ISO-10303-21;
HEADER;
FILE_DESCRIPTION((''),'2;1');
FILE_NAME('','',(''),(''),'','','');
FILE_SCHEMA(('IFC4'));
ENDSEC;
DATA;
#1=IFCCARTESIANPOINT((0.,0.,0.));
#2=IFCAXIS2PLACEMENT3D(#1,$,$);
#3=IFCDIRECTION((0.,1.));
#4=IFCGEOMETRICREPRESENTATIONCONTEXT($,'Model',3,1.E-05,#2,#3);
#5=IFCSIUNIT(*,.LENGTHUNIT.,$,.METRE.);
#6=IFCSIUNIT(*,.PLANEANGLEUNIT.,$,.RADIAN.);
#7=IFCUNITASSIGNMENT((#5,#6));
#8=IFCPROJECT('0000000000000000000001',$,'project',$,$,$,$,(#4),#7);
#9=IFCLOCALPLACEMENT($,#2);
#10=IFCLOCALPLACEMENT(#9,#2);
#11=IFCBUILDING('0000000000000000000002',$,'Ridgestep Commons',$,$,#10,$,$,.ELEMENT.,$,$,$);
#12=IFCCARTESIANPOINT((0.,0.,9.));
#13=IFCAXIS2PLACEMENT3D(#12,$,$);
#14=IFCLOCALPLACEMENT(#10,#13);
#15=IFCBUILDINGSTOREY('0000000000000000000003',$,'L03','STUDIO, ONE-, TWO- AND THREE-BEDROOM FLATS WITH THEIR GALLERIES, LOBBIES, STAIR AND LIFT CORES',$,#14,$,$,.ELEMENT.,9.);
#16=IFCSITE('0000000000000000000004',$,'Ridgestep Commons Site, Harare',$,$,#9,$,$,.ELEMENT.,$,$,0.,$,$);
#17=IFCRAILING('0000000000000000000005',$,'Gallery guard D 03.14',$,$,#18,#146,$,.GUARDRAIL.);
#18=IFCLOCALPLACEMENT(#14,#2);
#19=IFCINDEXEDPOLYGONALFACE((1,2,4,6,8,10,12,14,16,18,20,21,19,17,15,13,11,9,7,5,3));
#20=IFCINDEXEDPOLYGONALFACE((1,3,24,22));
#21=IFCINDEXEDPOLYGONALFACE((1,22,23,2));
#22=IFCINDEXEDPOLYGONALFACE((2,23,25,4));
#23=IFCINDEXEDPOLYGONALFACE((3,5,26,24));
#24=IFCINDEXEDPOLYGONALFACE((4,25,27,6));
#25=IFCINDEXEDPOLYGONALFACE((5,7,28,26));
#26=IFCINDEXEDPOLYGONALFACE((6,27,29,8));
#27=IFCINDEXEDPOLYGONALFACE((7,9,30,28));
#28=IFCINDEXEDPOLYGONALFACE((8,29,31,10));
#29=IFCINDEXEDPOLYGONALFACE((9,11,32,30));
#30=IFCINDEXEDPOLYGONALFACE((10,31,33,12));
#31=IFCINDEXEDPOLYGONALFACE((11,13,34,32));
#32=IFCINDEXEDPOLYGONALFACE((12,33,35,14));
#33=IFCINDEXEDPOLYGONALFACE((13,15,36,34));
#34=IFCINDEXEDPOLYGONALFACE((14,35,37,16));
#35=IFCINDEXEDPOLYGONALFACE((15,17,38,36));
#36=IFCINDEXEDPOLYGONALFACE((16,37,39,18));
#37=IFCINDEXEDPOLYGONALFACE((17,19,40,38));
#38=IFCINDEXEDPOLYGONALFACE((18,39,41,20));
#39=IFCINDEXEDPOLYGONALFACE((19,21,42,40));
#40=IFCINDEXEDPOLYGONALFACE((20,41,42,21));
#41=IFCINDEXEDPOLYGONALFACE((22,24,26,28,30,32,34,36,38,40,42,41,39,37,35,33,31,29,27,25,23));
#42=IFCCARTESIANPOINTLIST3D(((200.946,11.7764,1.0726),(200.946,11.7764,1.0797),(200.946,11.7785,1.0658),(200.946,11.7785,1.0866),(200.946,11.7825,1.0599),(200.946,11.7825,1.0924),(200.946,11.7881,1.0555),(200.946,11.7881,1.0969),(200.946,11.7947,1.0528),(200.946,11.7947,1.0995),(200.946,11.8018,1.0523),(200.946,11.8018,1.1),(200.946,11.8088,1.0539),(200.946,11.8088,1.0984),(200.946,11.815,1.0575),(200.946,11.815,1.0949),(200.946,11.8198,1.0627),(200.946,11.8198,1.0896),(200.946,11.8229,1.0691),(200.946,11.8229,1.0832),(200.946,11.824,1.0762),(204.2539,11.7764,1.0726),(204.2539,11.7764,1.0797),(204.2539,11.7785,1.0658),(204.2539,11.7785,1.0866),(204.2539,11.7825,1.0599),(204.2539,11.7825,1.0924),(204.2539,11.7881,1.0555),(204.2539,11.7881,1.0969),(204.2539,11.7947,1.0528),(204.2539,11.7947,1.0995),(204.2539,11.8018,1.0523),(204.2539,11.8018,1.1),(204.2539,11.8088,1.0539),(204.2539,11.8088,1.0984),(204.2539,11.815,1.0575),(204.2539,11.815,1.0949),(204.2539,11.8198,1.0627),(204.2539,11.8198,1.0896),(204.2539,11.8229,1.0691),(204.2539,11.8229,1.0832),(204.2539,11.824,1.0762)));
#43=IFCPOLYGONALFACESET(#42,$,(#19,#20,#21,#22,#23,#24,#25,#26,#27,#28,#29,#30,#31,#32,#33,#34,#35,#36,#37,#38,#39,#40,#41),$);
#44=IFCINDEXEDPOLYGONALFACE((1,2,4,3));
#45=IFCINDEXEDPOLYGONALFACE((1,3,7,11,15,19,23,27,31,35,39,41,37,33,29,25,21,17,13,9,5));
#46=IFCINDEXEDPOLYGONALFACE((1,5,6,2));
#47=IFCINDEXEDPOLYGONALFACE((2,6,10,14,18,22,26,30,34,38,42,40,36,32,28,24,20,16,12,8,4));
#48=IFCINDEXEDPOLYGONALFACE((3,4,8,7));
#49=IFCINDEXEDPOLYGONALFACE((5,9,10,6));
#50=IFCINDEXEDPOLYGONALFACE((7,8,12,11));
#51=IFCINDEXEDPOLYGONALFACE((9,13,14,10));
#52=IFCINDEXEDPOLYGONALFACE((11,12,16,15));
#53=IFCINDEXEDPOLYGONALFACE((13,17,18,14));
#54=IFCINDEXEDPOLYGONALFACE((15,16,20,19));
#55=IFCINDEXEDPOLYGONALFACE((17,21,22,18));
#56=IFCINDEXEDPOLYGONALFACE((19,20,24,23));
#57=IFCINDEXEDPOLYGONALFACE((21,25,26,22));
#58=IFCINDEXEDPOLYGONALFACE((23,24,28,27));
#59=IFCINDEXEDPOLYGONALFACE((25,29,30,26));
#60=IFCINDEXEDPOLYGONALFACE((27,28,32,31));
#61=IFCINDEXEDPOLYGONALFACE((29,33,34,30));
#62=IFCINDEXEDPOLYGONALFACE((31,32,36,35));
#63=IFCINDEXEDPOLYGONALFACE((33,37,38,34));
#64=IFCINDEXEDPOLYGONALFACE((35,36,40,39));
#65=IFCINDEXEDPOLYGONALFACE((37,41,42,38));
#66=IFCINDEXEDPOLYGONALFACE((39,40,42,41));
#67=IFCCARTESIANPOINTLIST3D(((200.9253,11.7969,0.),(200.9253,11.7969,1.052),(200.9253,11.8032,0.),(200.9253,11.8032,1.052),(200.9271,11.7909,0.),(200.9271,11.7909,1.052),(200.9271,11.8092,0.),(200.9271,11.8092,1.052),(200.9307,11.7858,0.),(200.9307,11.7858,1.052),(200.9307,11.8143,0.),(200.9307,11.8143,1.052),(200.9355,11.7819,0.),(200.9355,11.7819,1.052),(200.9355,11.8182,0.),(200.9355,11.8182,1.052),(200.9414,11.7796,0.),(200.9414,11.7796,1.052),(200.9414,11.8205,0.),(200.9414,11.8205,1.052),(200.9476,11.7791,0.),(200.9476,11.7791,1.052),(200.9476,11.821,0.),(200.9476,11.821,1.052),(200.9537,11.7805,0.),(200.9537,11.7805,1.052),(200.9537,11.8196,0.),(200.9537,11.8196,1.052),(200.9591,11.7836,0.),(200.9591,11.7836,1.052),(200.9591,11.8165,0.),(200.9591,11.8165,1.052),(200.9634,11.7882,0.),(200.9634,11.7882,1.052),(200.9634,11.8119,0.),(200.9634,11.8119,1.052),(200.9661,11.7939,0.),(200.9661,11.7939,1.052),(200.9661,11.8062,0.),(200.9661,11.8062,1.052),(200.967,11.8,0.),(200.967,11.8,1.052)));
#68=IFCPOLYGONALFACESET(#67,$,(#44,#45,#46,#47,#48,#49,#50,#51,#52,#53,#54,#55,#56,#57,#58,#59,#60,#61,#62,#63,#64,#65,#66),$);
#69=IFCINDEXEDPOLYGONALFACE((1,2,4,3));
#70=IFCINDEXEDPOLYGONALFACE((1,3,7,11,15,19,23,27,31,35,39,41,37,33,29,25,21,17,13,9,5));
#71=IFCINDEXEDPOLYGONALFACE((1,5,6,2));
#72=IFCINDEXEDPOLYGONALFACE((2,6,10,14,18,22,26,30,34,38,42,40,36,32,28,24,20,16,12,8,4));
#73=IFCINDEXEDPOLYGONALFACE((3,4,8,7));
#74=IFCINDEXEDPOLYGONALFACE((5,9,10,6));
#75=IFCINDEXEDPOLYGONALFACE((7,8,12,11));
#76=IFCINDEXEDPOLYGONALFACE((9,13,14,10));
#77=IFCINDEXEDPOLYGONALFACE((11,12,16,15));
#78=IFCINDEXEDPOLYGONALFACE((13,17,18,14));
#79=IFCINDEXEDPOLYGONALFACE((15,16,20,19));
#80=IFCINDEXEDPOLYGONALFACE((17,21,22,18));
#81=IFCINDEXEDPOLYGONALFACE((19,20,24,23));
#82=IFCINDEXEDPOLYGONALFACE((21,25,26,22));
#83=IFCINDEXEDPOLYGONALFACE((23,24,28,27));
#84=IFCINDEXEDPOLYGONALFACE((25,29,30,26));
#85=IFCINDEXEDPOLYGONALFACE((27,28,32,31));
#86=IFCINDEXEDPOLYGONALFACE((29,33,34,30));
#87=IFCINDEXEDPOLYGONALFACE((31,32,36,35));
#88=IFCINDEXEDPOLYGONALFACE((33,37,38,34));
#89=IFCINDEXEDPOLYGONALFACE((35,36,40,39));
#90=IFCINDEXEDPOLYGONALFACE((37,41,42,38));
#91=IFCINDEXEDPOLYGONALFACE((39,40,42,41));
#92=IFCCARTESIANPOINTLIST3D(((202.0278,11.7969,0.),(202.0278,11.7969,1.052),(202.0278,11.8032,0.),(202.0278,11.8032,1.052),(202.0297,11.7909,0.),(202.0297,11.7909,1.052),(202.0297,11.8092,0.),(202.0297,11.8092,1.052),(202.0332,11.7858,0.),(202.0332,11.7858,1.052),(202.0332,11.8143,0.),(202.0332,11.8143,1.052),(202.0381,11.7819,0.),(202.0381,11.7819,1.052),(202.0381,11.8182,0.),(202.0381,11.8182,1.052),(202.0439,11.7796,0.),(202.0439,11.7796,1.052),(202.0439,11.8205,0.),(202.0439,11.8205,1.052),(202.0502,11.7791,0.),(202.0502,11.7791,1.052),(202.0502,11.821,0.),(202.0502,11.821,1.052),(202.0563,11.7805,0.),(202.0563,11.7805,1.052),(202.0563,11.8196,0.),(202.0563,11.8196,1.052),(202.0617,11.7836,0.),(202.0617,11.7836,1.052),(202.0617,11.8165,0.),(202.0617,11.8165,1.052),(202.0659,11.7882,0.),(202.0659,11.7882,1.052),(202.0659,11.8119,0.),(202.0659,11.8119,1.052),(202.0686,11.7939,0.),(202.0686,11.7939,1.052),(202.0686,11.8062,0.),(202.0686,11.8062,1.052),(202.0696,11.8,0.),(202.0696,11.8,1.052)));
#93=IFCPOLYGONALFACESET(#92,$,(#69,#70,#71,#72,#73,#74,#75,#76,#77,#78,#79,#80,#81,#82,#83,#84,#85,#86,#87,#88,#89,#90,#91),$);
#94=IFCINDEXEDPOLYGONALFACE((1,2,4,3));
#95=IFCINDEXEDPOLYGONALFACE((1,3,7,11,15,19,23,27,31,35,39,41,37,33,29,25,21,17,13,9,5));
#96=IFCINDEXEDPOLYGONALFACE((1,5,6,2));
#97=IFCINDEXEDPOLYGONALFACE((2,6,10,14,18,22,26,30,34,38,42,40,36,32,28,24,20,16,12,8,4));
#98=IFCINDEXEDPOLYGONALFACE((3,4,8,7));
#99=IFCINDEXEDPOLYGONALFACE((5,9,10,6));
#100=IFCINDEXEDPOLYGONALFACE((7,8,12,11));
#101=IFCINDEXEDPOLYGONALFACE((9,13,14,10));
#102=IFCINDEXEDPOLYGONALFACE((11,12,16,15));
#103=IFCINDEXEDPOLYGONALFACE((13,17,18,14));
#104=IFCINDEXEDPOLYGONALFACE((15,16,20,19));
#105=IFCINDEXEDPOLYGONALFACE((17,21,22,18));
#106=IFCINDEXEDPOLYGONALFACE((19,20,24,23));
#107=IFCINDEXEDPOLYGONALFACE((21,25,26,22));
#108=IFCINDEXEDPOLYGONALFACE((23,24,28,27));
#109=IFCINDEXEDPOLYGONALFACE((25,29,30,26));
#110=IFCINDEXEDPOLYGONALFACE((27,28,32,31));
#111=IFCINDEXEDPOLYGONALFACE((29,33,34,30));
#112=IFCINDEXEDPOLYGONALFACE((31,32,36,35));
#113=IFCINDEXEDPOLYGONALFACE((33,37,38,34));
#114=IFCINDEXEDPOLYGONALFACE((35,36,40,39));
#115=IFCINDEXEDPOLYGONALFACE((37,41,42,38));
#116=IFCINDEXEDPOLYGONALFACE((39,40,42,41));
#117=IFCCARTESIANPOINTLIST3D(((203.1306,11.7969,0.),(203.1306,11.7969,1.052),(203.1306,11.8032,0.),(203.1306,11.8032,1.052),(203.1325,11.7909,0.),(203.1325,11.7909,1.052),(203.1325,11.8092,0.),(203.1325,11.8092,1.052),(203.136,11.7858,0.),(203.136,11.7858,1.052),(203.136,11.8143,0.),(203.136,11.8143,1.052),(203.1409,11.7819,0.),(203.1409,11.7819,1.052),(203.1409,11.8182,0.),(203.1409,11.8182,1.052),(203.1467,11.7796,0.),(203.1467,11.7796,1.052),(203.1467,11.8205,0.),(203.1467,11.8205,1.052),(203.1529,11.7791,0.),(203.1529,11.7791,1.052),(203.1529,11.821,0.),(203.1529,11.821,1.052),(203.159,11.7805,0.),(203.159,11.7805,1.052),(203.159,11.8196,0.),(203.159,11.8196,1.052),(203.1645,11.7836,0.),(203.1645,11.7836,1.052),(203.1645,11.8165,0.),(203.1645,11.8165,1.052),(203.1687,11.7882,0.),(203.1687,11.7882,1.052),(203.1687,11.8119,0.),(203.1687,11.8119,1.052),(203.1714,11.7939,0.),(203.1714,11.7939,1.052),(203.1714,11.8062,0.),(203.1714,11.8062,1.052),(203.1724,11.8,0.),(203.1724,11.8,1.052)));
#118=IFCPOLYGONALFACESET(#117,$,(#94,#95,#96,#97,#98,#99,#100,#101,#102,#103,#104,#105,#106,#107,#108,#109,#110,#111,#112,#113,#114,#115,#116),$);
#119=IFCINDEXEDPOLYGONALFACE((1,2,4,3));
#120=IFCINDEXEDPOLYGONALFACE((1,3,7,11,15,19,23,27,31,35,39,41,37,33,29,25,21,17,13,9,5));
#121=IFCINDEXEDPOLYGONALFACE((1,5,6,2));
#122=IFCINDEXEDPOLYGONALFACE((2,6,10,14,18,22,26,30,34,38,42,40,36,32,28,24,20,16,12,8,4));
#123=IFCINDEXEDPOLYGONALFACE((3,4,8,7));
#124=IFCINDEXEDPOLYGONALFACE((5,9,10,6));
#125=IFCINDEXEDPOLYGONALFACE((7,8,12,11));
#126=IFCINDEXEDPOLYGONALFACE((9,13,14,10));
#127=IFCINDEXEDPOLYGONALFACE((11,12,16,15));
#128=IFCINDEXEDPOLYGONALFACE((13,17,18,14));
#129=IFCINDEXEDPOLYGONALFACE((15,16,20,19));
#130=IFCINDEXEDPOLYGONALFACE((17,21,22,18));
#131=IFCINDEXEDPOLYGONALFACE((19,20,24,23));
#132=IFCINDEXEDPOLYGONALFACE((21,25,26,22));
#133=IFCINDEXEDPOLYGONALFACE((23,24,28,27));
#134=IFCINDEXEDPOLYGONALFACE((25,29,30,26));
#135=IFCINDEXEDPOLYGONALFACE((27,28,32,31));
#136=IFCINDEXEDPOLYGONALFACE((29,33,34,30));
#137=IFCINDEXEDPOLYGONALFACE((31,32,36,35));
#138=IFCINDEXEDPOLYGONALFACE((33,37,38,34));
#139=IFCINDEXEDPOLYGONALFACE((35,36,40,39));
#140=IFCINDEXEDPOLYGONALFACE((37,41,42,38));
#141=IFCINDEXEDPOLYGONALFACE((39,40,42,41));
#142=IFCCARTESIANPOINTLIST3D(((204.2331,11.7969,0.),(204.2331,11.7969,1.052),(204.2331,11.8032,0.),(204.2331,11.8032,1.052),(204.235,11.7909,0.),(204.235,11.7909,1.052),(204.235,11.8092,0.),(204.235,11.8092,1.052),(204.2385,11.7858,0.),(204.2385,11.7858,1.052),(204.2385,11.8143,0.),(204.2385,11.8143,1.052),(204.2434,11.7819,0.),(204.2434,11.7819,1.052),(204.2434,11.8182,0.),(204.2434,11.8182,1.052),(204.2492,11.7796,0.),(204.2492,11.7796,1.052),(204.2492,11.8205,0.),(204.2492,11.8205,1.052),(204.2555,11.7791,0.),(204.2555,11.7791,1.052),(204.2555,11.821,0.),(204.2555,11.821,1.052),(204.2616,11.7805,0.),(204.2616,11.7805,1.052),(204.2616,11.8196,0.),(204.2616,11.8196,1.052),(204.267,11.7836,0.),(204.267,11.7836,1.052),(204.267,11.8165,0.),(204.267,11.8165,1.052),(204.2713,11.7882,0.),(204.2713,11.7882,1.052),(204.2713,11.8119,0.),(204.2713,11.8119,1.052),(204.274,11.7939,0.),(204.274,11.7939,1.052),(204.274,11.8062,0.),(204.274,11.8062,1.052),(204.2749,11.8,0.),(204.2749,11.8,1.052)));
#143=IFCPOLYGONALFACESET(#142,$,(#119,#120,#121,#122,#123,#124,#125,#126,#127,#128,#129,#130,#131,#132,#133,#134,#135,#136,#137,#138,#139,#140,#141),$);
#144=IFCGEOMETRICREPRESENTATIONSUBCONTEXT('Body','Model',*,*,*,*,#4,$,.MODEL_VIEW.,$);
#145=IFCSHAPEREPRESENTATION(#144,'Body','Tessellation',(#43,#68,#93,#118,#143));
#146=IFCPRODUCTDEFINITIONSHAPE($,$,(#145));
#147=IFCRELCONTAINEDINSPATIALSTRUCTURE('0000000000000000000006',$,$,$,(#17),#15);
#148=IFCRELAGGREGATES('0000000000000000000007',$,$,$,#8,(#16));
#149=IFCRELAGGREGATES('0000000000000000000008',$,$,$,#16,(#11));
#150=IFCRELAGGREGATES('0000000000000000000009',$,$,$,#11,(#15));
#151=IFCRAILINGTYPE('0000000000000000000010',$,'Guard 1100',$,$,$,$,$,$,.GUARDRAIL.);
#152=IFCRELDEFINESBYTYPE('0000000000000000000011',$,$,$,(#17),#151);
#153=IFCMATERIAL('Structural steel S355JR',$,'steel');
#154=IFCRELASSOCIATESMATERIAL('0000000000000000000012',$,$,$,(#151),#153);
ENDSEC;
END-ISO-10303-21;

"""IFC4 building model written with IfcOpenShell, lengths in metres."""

from ifc_helpers import new_model, si_unit, direction, frame, origin, origin_2d, place, context, subcontext, project, spatial, circle, extrude, material, type_object, element, save


model = new_model("IFC4")

# Units and contexts
model_context = context("Model", 3, precision=1e-05, world=origin(), true_north=direction((0.0, 1.0)))
body_context = subcontext(model_context, "Body", "Model", "MODEL_VIEW")
ifc_project = project(units=[si_unit("LENGTHUNIT", "METRE"), si_unit("PLANEANGLEUNIT", "RADIAN")], contexts=[model_context])

# Site, building, storey
site_placement = place(None, origin())
site = spatial("IfcSite", under=ifc_project, at=site_placement, Name="Ridgestep Commons Site, Harare", CompositionType="ELEMENT", RefElevation=0.0)
building_placement = place(site_placement, origin())
building = spatial("IfcBuilding", under=site, at=building_placement, Name="Ridgestep Commons", CompositionType="ELEMENT")
storey_placement = place(building_placement, frame((0.0, 0.0, 9.0)))
storey = spatial("IfcBuildingStorey", under=building, at=storey_placement, Name="L03", Description="STUDIO, ONE-, TWO- AND THREE-BEDROOM FLATS WITH THEIR GALLERIES, LOBBIES, STAIR AND LIFT CORES", CompositionType="ELEMENT", Elevation=9.0)

# Railing
ifc_material_1 = material(Name="Structural steel S355JR", Category="steel")
railing_type = type_object("IfcRailingType", Name="Guard 1100", PredefinedType="GUARDRAIL", material=ifc_material_1)
railing_1_placement = place(storey_placement, frame((200.946, 11.8, 0.0)))
element("IfcRailing", 1, at=railing_1_placement, inside=storey, type_object=railing_type, Name="Gallery guard D 03.14", PredefinedType="GUARDRAIL", context=body_context, shape_type="SweptSolid", body=[
    extrude(circle(Radius=0.0239, at=origin_2d()), frame((0.0, 0.0, 1.0762), z_axis=(1.0, 0.0, 0.0), x_axis=(0.0, 1.0, 0.0)), (0.0, 0.0, 1.0), 3.3079),
    extrude(circle(Radius=0.021, at=origin_2d()), origin(), (0.0, 0.0, 1.0), 1.052),
    extrude(circle(Radius=0.021, at=origin_2d()), frame((1.1025, 0.0, 0.0)), (0.0, 0.0, 1.0), 1.052),
    extrude(circle(Radius=0.021, at=origin_2d()), frame((2.2053, 0.0, 0.0)), (0.0, 0.0, 1.0), 1.052),
    extrude(circle(Radius=0.021, at=origin_2d()), frame((3.3079, 0.0, 0.0)), (0.0, 0.0, 1.0), 1.052),
])

save(model, "model.ifc")
